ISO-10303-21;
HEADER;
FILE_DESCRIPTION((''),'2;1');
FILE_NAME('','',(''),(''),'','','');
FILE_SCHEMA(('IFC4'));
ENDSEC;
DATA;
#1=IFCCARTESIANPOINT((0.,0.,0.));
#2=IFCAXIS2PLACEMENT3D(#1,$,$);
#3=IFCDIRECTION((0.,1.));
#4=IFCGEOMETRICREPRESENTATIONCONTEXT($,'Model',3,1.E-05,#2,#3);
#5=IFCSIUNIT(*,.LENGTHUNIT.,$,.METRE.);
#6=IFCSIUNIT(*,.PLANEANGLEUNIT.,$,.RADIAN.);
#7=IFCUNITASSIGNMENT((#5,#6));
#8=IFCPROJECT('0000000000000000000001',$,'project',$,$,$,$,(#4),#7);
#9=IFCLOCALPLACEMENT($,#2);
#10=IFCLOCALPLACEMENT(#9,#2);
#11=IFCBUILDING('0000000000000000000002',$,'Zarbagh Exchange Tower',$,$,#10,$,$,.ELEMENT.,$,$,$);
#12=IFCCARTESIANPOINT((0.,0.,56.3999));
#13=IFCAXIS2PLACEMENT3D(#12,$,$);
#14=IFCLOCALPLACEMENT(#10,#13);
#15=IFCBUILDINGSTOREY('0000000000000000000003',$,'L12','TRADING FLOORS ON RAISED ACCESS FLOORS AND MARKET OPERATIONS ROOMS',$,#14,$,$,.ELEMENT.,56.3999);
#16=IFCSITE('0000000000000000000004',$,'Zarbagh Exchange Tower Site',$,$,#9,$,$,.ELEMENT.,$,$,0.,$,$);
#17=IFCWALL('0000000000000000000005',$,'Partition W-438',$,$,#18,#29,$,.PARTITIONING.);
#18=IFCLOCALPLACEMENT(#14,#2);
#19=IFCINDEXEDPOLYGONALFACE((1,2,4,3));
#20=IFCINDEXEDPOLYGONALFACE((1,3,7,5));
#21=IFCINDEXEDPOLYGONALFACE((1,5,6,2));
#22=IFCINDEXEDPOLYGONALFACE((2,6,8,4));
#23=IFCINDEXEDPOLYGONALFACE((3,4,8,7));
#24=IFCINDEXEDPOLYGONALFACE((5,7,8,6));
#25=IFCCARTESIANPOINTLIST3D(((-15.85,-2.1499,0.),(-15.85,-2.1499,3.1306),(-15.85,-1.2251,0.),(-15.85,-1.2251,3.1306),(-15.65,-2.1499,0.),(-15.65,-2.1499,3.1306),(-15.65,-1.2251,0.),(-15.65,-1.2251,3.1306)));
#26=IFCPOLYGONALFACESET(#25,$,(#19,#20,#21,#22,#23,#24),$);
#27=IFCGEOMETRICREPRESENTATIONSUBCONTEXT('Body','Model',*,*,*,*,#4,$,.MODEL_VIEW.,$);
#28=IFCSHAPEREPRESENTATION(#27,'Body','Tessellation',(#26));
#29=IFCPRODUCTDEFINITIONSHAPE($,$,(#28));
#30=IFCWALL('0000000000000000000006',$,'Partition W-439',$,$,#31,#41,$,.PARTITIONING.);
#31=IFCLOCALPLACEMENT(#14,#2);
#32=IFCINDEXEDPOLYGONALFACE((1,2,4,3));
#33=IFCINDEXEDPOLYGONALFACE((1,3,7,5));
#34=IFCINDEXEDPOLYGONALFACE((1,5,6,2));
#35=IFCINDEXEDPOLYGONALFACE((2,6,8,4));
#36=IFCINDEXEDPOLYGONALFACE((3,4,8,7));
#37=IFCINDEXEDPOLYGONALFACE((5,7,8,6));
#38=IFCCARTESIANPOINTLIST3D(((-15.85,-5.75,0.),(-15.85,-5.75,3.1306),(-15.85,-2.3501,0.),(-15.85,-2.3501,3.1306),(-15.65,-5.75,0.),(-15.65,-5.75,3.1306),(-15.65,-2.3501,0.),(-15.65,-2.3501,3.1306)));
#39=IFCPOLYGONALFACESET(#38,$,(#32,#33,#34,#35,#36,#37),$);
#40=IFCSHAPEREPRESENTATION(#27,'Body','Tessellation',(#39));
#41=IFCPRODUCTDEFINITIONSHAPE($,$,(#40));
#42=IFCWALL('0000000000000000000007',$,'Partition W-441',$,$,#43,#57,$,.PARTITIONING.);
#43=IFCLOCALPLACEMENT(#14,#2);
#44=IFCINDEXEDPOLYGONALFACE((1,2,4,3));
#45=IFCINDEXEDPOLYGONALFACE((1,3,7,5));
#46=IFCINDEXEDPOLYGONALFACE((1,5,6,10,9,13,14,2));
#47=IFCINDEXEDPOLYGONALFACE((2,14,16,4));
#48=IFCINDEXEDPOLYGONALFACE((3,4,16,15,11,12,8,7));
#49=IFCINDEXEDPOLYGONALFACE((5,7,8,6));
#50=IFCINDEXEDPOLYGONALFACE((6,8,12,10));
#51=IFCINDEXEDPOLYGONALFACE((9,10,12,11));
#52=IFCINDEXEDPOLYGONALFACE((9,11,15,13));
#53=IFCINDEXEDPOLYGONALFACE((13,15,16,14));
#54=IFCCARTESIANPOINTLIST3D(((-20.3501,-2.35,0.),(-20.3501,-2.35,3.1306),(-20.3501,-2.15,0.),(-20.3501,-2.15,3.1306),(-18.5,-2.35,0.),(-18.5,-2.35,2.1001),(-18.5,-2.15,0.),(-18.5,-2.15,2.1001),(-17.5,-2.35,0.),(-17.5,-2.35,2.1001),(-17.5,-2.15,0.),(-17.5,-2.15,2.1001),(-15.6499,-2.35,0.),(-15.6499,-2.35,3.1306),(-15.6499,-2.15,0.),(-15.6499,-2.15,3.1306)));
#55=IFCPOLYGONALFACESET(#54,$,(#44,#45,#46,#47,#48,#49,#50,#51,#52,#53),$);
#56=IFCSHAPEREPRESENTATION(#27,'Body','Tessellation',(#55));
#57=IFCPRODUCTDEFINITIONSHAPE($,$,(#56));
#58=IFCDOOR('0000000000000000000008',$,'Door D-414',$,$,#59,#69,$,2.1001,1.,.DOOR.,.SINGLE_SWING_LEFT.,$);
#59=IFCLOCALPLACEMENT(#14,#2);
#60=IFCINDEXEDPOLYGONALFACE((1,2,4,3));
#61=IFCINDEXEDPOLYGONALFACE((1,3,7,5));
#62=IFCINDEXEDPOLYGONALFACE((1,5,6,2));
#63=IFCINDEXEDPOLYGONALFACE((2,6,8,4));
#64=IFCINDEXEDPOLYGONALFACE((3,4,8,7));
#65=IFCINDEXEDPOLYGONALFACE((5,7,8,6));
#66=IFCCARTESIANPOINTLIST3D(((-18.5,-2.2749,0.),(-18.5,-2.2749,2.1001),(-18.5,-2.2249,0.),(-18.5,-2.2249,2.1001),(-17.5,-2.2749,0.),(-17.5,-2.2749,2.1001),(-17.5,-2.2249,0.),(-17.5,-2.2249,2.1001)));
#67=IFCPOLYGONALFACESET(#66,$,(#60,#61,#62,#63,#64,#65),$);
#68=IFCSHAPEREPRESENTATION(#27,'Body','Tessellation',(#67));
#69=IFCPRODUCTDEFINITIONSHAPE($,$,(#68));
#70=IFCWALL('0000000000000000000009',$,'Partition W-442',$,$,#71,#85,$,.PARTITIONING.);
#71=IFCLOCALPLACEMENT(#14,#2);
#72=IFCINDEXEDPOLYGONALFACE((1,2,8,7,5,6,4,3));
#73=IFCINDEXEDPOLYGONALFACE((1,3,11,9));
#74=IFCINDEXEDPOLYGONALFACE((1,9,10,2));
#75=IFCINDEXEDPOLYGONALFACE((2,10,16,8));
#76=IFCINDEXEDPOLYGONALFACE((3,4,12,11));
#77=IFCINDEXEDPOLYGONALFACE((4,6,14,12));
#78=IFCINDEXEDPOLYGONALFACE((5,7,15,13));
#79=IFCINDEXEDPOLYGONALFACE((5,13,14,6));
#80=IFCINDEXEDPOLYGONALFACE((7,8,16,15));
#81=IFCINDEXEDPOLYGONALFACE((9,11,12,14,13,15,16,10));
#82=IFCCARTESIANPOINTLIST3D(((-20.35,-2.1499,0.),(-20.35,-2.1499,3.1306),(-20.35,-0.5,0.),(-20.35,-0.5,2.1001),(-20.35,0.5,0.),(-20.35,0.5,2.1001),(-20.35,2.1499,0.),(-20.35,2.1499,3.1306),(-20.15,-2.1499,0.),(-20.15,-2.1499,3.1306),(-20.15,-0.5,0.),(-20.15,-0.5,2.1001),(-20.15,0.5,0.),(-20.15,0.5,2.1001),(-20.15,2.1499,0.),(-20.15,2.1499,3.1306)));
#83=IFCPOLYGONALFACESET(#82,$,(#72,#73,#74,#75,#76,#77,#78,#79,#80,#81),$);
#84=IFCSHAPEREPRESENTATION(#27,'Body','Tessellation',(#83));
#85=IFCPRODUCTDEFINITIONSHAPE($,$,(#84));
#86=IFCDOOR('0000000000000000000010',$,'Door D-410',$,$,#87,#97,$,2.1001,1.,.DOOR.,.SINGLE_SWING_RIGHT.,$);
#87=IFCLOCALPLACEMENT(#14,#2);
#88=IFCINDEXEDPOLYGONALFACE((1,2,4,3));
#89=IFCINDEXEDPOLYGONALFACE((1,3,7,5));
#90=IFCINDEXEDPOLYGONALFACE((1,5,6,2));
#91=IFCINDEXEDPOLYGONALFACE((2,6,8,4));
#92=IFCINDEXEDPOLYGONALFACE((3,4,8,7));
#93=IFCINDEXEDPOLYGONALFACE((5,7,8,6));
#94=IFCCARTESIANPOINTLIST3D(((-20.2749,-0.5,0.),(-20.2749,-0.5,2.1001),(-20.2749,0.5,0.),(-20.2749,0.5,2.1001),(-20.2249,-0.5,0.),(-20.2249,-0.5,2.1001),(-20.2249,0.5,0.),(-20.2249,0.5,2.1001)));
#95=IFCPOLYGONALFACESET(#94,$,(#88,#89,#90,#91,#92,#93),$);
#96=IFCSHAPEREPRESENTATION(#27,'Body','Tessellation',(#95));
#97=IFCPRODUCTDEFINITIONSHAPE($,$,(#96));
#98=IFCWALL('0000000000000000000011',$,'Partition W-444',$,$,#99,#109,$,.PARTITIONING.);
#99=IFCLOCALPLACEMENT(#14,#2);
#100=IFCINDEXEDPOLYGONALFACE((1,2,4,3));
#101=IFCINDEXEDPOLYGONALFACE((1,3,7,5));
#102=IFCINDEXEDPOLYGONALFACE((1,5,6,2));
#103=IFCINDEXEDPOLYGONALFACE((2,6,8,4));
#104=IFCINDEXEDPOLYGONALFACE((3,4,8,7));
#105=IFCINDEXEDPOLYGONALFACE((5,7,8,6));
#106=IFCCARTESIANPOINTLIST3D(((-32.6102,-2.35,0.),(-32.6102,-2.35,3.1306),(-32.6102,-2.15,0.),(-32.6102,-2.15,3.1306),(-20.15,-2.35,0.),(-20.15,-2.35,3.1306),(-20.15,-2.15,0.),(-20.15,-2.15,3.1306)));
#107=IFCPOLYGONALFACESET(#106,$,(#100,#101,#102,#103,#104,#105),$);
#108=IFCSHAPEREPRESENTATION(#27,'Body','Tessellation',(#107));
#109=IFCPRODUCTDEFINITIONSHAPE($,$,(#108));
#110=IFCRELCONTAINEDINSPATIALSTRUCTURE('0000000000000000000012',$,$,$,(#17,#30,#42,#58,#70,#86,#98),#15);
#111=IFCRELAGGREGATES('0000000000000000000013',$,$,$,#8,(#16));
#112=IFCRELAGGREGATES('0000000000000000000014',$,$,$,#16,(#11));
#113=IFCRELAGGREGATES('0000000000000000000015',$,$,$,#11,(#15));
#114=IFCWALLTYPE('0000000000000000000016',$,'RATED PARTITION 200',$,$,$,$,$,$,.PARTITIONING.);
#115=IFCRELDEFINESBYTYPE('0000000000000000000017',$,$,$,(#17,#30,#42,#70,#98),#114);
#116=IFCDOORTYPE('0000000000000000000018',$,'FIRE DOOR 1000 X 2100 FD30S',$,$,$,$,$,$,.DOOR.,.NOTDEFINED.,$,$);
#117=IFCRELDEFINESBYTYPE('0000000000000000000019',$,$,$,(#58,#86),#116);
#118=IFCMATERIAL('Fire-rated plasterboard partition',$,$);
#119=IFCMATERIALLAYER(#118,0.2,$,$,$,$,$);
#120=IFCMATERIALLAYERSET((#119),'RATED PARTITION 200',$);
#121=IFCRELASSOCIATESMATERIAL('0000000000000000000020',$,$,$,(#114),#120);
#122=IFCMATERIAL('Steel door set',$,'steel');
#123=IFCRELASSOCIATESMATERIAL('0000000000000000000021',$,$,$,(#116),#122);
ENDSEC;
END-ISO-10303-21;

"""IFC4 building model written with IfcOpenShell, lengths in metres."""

from ifc_helpers import new_model, si_unit, direction, frame, frame_2d, origin, place, context, subcontext, project, spatial, rectangle, extrude, material, layer, layer_set, type_object, element, fill, save


model = new_model("IFC4")

# Units and contexts
model_context = context("Model", 3, precision=1e-05, world=origin(), true_north=direction((0.0, 1.0)))
body_context = subcontext(model_context, "Body", "Model", "MODEL_VIEW")
ifc_project = project(units=[si_unit("LENGTHUNIT", "METRE"), si_unit("PLANEANGLEUNIT", "RADIAN")], contexts=[model_context])

# Site, building, storey
site_placement = place(None, origin())
site = spatial("IfcSite", under=ifc_project, at=site_placement, Name="Zarbagh Exchange Tower Site", CompositionType="ELEMENT", RefElevation=0.0)
building_placement = place(site_placement, origin())
building = spatial("IfcBuilding", under=site, at=building_placement, Name="Zarbagh Exchange Tower", CompositionType="ELEMENT")
storey_placement = place(building_placement, frame((0.0, 0.0, 56.3999)))
storey = spatial("IfcBuildingStorey", under=building, at=storey_placement, Name="L12", Description="TRADING FLOORS ON RAISED ACCESS FLOORS AND MARKET OPERATIONS ROOMS", CompositionType="ELEMENT", Elevation=56.3999)

# Shared definitions
ifc_material_1 = material(Name="Fire-rated plasterboard partition")
ifc_layer = layer(ifc_material_1, 0.2)
ifc_layer_set = layer_set([ifc_layer], Name="RATED PARTITION 200")
wall_type = type_object("IfcWallType", Name="RATED PARTITION 200", PredefinedType="PARTITIONING", material=ifc_layer_set)
ifc_material_2 = material(Name="Steel door set", Category="steel")
door_type = type_object("IfcDoorType", Name="FIRE DOOR 1000 X 2100 FD30S", OperationType="NOTDEFINED", PredefinedType="DOOR", material=ifc_material_2)

# Walls
wall_1_placement = place(storey_placement, frame((-15.75, -2.1499, 0.0), z_axis=(0.0, 0.0, 1.0), x_axis=(0.0, 1.0, 0.0)))
element("IfcWall", 1, at=wall_1_placement, inside=storey, type_object=wall_type, Name="Partition W-438", PredefinedType="PARTITIONING", context=body_context, shape_type="SweptSolid", body=[
    extrude(rectangle(XDim=0.9248, YDim=0.2, at=frame_2d((0.4624, 0.0))), origin(), (0.0, 0.0, 1.0), 3.1306),
])
wall_2_placement = place(storey_placement, frame((-15.75, -5.75, 0.0), z_axis=(0.0, 0.0, 1.0), x_axis=(0.0, 1.0, 0.0)))
element("IfcWall", 2, at=wall_2_placement, inside=storey, type_object=wall_type, Name="Partition W-439", PredefinedType="PARTITIONING", context=body_context, shape_type="SweptSolid", body=[
    extrude(rectangle(XDim=3.3999, YDim=0.2, at=frame_2d((1.7, 0.0))), origin(), (0.0, 0.0, 1.0), 3.1306),
])

# Walls, openings, doors
wall_3_placement = place(storey_placement, frame((-15.6499, -2.25, 0.0), z_axis=(0.0, 0.0, 1.0), x_axis=(-1.0, 0.0, 0.0)))
wall_3 = element("IfcWall", 3, at=wall_3_placement, inside=storey, type_object=wall_type, Name="Partition W-441", PredefinedType="PARTITIONING", context=body_context, shape_type="SweptSolid", body=[
    extrude(rectangle(XDim=4.7002, YDim=0.2, at=frame_2d((2.3501, 0.0))), origin(), (0.0, 0.0, 1.0), 3.1306),
])
opening_1_placement = place(wall_3_placement, frame((1.8501, 0.0, 0.0)))
opening_1 = element("IfcOpeningElement", 4, at=opening_1_placement, cuts=wall_3, PredefinedType="OPENING", context=body_context, shape_type="SweptSolid", body=[
    extrude(rectangle(XDim=1.0, YDim=2.1001, at=frame_2d((0.5, 1.05))), frame((0.0, 0.1099, 0.0), z_axis=(0.0, -1.0, 0.0), x_axis=(1.0, 0.0, 0.0)), (0.0, 0.0, 1.0), 0.22),
])
door_1_placement = place(opening_1_placement, origin())
door_1 = element("IfcDoor", 5, at=door_1_placement, inside=storey, type_object=door_type, Name="Door D-414", OperationType="SINGLE_SWING_LEFT", OverallHeight=2.1001, OverallWidth=1.0, PredefinedType="DOOR", context=body_context, shape_type="SweptSolid", body=[
    extrude(rectangle(XDim=1.0, YDim=2.1001, at=frame_2d((0.5, 1.05))), frame((0.0, 0.0249, 0.0), z_axis=(0.0, -1.0, 0.0), x_axis=(1.0, 0.0, 0.0)), (0.0, 0.0, 1.0), 0.05),
])
fill(opening_1, door_1)
wall_4_placement = place(storey_placement, frame((-20.25, -2.1499, 0.0), z_axis=(0.0, 0.0, 1.0), x_axis=(0.0, 1.0, 0.0)))
wall_4 = element("IfcWall", 6, at=wall_4_placement, inside=storey, type_object=wall_type, Name="Partition W-442", PredefinedType="PARTITIONING", context=body_context, shape_type="SweptSolid", body=[
    extrude(rectangle(XDim=4.2998, YDim=0.2, at=frame_2d((2.1499, 0.0))), origin(), (0.0, 0.0, 1.0), 3.1306),
])
opening_2_placement = place(wall_4_placement, frame((1.6499, 0.0, 0.0)))
opening_2 = element("IfcOpeningElement", 7, at=opening_2_placement, cuts=wall_4, PredefinedType="OPENING", context=body_context, shape_type="SweptSolid", body=[
    extrude(rectangle(XDim=1.0, YDim=2.1001, at=frame_2d((0.5, 1.05))), frame((0.0, 0.1099, 0.0), z_axis=(0.0, -1.0, 0.0), x_axis=(1.0, 0.0, 0.0)), (0.0, 0.0, 1.0), 0.22),
])
door_2_placement = place(opening_2_placement, origin())
door_2 = element("IfcDoor", 8, at=door_2_placement, inside=storey, type_object=door_type, Name="Door D-410", OperationType="SINGLE_SWING_RIGHT", OverallHeight=2.1001, OverallWidth=1.0, PredefinedType="DOOR", context=body_context, shape_type="SweptSolid", body=[
    extrude(rectangle(XDim=1.0, YDim=2.1001, at=frame_2d((0.5, 1.05))), frame((0.0, 0.0249, 0.0), z_axis=(0.0, -1.0, 0.0), x_axis=(1.0, 0.0, 0.0)), (0.0, 0.0, 1.0), 0.05),
])
fill(opening_2, door_2)

# Wall
wall_5_placement = place(storey_placement, frame((-32.6101, -2.25, 0.0), z_axis=(0.0, 0.0, 1.0), x_axis=(1.0, 0.0, 0.0)))
element("IfcWall", 9, at=wall_5_placement, inside=storey, type_object=wall_type, Name="Partition W-444", PredefinedType="PARTITIONING", context=body_context, shape_type="SweptSolid", body=[
    extrude(rectangle(XDim=12.4602, YDim=0.2, at=frame_2d((6.23, 0.0))), origin(), (0.0, 0.0, 1.0), 3.1306),
])

save(model, "model.ifc")
